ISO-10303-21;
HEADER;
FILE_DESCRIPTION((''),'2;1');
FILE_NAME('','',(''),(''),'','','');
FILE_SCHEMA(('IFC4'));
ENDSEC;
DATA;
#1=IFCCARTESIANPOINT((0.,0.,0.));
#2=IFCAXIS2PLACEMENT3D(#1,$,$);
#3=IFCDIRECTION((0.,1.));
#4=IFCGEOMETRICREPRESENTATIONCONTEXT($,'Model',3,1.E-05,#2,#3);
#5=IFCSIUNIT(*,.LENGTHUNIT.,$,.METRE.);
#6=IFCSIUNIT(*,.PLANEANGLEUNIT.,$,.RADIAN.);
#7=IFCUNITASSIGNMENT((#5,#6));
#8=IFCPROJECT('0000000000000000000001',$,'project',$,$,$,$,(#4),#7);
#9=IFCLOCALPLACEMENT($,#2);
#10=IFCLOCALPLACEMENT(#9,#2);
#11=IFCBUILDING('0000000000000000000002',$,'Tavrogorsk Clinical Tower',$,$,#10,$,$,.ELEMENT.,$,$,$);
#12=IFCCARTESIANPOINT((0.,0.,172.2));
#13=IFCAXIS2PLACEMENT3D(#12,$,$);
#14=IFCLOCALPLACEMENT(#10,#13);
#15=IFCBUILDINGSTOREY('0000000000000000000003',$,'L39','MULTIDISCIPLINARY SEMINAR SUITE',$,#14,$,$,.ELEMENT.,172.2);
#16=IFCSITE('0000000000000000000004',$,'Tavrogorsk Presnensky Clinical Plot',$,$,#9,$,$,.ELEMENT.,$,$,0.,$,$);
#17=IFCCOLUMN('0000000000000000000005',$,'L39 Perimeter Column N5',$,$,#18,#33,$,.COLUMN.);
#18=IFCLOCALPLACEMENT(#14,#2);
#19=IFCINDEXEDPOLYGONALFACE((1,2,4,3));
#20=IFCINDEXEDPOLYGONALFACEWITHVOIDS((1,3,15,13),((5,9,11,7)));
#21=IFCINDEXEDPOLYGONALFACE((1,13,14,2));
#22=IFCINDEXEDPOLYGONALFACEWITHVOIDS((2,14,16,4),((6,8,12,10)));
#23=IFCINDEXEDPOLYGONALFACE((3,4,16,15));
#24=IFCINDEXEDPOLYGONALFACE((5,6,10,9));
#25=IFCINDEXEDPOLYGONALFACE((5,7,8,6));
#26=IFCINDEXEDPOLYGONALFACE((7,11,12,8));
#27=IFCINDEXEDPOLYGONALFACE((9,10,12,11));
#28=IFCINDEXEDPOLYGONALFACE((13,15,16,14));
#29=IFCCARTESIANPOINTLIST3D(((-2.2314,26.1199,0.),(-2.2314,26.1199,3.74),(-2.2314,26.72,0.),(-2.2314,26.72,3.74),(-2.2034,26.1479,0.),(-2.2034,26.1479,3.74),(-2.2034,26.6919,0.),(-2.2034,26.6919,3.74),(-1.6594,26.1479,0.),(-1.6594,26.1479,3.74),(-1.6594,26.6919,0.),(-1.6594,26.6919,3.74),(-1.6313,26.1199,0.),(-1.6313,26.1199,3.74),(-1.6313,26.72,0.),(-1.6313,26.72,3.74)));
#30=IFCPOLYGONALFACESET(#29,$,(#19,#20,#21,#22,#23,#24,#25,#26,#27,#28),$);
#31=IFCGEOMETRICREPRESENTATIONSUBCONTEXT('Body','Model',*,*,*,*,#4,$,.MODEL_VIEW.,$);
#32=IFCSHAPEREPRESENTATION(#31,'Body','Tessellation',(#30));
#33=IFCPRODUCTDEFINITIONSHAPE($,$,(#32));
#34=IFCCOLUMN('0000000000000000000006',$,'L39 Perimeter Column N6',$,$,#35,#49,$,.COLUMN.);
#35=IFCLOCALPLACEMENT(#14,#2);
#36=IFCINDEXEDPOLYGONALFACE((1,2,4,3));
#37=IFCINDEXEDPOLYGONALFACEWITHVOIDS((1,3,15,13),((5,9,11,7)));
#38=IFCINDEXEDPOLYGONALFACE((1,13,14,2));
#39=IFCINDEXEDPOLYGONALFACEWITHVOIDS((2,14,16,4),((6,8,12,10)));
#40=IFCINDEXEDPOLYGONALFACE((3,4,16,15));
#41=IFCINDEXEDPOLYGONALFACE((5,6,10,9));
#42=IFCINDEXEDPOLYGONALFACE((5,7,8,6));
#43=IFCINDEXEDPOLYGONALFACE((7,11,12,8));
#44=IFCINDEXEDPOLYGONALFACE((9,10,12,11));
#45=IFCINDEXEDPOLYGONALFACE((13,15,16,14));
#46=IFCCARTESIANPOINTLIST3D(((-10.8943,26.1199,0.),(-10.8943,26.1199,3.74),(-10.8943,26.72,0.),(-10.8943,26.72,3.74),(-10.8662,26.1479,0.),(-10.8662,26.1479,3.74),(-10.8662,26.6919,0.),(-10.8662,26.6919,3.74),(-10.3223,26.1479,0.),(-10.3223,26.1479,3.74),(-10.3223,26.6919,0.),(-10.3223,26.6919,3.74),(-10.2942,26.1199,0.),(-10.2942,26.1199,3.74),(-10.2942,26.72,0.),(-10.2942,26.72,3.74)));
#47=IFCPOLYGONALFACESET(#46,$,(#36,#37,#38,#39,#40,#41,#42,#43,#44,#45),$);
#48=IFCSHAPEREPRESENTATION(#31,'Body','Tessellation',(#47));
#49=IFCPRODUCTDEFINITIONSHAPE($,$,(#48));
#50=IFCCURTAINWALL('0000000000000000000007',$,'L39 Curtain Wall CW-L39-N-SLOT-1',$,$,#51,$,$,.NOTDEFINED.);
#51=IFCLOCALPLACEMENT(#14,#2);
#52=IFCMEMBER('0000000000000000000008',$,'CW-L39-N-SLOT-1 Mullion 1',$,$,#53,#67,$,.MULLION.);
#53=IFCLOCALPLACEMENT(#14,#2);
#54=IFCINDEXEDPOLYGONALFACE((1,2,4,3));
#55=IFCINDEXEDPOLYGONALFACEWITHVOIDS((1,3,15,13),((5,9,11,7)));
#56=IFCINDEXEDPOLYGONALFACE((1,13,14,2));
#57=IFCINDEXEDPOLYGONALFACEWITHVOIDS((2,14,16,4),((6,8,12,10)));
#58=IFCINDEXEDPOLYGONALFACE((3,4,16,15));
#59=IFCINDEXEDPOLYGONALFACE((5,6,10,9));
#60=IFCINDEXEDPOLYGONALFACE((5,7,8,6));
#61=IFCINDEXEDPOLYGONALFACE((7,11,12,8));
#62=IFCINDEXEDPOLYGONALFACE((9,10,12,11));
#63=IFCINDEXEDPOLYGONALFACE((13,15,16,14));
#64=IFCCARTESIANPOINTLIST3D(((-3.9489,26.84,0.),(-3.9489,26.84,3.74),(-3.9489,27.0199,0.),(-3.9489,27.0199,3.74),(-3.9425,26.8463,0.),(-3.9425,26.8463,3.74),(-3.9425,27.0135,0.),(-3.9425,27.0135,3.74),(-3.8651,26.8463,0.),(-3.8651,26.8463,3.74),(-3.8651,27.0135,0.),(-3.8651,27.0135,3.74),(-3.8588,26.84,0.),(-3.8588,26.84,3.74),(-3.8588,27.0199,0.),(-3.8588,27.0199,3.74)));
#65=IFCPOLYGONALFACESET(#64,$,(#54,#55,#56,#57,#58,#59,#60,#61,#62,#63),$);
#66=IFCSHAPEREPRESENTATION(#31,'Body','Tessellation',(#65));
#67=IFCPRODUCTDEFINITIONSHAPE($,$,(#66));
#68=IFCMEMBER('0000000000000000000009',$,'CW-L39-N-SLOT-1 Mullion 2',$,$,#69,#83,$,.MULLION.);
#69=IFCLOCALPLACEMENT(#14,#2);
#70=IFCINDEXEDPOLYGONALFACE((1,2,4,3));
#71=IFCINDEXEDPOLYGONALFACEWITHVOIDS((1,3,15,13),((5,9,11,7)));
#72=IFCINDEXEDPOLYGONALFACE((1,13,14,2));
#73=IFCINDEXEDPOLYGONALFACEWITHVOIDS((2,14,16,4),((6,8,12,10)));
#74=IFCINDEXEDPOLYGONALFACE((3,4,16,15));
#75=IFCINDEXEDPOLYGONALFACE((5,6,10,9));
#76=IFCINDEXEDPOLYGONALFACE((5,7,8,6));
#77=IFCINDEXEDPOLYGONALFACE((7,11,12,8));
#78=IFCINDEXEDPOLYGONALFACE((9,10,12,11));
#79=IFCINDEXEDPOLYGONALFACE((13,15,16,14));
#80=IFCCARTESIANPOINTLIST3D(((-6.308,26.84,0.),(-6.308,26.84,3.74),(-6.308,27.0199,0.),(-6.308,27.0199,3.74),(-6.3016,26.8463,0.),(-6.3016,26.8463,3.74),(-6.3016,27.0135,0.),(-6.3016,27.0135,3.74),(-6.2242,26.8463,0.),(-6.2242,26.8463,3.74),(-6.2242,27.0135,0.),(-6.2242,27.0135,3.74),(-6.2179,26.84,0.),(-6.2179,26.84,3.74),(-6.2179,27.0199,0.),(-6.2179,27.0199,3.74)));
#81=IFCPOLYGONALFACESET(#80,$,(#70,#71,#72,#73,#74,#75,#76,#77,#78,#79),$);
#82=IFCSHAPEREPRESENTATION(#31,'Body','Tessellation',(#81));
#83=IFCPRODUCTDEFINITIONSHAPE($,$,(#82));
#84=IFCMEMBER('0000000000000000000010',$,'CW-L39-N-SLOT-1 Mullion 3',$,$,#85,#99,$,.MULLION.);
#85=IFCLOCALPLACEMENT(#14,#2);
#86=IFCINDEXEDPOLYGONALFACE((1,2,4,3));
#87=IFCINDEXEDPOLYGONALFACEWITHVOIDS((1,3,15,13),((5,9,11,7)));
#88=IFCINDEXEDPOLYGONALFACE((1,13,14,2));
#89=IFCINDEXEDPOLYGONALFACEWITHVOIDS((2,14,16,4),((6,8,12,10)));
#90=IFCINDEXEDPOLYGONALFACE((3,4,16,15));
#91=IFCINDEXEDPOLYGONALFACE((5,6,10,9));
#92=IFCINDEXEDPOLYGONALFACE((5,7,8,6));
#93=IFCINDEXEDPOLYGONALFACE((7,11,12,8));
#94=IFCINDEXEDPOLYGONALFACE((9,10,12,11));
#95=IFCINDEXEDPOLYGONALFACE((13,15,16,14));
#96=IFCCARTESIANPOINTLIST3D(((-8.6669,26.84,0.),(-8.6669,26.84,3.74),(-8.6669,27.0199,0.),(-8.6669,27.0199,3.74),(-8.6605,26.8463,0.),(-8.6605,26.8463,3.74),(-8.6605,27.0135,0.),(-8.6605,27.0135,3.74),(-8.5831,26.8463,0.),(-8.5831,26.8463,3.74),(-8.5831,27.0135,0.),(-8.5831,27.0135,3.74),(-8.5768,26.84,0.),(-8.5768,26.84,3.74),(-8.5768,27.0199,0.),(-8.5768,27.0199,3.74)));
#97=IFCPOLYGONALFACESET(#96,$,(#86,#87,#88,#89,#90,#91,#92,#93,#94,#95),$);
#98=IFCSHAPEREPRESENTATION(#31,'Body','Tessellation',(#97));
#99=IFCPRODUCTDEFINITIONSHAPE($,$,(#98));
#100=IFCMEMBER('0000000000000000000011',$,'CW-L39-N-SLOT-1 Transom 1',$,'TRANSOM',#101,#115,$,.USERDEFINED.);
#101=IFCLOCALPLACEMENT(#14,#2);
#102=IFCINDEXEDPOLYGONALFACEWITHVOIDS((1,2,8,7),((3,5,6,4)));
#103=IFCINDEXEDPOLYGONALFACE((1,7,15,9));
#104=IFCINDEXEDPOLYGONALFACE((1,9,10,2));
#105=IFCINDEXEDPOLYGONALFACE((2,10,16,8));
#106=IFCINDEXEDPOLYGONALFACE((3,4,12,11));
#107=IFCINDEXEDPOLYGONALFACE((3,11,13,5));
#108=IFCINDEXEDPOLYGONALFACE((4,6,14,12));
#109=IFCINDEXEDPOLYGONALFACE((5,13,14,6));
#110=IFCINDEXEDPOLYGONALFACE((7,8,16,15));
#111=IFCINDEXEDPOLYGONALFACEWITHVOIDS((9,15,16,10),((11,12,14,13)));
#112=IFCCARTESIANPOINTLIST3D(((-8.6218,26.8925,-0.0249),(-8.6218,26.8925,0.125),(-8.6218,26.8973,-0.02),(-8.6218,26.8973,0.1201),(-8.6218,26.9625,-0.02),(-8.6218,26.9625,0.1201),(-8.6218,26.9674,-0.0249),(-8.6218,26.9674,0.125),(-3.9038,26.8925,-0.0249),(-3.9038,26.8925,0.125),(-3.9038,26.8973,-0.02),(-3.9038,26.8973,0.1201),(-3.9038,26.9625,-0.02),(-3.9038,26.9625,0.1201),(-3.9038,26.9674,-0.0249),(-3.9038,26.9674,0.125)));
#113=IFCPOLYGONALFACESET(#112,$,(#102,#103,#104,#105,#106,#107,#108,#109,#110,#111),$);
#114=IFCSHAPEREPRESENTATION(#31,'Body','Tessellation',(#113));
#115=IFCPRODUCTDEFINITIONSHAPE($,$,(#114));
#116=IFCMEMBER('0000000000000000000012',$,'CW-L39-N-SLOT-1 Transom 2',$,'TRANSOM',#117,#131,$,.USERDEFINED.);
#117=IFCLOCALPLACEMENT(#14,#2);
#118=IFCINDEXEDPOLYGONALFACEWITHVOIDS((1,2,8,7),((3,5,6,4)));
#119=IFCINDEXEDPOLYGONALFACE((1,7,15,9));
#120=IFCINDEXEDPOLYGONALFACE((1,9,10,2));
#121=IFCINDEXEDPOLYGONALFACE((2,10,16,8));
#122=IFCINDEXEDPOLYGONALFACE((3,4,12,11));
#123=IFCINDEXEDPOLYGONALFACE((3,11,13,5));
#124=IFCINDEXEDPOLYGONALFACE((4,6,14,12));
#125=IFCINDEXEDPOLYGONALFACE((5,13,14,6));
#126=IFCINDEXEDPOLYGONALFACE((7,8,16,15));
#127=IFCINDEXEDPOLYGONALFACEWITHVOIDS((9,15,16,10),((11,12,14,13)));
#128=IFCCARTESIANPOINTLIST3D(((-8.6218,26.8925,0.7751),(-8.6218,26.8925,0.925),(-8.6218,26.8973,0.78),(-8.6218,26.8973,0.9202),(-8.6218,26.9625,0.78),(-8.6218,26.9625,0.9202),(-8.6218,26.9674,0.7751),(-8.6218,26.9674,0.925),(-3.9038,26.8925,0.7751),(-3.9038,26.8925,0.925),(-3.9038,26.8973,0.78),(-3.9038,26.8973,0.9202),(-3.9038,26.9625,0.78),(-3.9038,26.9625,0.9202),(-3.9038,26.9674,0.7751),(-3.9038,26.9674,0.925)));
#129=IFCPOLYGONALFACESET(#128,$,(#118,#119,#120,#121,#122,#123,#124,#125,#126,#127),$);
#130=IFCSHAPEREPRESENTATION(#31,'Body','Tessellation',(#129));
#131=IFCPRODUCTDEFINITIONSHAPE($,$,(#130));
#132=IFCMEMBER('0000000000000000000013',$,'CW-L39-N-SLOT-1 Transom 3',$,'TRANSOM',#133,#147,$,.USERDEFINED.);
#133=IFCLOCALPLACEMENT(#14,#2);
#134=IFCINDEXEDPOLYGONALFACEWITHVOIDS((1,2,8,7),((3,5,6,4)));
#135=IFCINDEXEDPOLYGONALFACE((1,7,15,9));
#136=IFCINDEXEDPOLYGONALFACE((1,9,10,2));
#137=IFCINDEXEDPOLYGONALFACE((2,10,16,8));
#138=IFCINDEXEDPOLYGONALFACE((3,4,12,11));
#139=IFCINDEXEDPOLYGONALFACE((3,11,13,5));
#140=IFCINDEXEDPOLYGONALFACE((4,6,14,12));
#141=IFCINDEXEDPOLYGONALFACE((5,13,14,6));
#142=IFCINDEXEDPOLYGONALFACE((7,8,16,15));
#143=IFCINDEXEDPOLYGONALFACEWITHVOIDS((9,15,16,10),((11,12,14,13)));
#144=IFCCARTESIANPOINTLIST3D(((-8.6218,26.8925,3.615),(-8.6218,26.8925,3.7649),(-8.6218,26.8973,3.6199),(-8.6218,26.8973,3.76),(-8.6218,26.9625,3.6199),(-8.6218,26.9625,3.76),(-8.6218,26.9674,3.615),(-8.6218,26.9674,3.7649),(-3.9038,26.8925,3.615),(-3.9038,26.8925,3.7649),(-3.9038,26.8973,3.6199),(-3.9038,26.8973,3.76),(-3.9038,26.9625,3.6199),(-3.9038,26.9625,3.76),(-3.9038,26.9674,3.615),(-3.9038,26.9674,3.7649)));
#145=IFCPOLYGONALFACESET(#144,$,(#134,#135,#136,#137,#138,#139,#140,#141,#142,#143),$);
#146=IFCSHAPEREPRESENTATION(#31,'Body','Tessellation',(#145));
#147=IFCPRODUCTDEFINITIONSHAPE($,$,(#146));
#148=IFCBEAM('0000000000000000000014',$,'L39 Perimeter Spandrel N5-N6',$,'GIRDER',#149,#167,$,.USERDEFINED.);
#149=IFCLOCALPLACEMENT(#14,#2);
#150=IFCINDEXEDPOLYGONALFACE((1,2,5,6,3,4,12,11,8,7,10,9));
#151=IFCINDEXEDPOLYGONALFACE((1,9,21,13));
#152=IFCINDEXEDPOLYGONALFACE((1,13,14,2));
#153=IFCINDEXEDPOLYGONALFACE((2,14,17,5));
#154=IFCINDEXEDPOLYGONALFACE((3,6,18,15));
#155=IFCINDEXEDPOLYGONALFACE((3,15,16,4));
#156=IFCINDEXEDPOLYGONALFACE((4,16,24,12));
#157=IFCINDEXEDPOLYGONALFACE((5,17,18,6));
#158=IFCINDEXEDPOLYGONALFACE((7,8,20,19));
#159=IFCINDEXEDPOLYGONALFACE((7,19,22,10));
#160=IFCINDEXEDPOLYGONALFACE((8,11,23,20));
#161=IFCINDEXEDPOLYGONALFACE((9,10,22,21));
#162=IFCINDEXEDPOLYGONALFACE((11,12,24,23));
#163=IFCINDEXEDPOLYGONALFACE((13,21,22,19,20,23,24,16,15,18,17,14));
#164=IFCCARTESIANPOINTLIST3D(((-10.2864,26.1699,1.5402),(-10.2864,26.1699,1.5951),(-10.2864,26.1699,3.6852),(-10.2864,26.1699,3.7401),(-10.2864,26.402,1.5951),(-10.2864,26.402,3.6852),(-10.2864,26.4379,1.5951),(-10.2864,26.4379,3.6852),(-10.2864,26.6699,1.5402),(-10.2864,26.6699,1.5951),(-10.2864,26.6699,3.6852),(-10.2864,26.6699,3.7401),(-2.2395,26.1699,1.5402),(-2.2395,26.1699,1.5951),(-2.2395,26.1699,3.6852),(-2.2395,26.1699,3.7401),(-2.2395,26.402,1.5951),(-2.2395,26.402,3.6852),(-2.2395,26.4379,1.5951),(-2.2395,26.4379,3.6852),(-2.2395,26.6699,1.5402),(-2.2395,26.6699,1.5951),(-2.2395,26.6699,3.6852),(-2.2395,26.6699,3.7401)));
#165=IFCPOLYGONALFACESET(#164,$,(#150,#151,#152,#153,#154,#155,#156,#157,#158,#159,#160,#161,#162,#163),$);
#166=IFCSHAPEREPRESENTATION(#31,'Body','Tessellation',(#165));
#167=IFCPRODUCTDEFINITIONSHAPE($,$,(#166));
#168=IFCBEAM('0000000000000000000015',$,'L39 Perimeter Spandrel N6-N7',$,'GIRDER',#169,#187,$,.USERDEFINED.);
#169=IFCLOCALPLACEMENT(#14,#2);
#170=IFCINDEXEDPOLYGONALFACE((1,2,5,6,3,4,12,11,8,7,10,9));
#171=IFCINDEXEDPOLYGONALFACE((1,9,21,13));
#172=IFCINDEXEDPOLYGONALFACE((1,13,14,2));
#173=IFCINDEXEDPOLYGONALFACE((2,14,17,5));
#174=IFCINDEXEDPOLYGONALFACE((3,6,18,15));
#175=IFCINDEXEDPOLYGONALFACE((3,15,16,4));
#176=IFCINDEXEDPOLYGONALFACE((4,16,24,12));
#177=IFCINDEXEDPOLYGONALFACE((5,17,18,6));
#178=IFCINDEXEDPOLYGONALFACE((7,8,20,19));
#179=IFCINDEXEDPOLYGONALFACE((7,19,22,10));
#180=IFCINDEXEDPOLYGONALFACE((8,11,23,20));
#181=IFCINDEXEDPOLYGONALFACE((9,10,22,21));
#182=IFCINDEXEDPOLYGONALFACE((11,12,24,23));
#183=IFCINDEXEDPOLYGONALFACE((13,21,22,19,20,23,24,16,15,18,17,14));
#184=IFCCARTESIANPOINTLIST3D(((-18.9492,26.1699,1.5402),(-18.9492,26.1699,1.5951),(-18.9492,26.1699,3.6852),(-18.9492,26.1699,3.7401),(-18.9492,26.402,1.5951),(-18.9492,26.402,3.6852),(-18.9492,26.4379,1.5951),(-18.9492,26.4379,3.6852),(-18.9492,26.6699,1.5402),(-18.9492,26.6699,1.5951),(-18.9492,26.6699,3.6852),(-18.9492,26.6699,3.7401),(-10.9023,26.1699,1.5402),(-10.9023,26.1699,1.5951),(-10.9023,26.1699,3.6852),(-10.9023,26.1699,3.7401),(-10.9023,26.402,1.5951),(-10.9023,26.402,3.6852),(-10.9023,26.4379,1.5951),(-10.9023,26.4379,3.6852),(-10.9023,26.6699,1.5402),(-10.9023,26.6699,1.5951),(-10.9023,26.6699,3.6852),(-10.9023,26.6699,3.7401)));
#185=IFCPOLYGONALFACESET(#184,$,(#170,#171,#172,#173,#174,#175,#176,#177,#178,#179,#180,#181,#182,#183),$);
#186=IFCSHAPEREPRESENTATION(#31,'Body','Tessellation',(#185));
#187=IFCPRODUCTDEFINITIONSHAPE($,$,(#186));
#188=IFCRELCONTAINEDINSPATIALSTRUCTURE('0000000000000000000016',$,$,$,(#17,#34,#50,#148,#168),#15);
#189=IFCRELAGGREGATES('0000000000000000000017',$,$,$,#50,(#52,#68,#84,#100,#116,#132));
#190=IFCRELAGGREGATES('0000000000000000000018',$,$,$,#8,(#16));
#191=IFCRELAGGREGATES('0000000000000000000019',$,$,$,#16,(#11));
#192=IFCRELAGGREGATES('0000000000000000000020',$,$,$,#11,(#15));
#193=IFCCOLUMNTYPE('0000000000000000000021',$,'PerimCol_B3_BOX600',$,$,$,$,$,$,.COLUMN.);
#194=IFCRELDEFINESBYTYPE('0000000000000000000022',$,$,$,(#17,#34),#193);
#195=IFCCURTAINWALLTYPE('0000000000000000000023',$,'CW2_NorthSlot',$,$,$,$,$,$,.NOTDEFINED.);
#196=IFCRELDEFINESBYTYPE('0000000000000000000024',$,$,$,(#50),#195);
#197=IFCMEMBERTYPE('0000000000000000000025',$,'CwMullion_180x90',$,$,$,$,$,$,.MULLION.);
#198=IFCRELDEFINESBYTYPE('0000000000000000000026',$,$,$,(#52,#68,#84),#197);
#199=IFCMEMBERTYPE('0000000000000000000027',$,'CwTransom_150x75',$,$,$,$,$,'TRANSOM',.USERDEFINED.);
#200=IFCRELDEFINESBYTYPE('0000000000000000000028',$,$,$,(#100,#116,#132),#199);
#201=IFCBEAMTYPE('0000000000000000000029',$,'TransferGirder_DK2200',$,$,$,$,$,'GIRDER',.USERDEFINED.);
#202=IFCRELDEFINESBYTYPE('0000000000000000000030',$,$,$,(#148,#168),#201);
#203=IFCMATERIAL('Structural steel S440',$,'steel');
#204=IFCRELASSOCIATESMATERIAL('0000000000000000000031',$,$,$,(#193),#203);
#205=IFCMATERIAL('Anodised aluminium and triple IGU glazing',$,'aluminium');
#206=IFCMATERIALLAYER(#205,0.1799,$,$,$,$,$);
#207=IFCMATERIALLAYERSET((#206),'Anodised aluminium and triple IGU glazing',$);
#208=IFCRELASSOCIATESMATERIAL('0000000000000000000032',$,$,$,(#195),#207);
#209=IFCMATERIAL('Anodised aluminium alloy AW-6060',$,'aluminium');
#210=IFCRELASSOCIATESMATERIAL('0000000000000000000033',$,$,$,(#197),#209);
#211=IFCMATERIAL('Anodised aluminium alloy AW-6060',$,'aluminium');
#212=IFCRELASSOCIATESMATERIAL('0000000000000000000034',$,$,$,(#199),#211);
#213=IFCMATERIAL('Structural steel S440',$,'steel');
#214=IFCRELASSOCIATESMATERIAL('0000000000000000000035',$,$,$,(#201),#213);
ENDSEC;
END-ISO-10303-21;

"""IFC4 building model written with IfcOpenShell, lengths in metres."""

from ifc_helpers import new_model, si_unit, direction, frame, origin, origin_2d, place, context, subcontext, project, spatial, hollow_rectangle, i_section, extrude, material, layer, layer_set, material_profile, profile_set, type_object, element, aggregate, save


model = new_model("IFC4")

# Units and contexts
model_context = context("Model", 3, precision=1e-05, world=origin(), true_north=direction((0.0, 1.0)))
body_context = subcontext(model_context, "Body", "Model", "MODEL_VIEW")
ifc_project = project(units=[si_unit("LENGTHUNIT", "METRE"), si_unit("PLANEANGLEUNIT", "RADIAN")], contexts=[model_context])

# Site, building, storey
site_placement = place(None, origin())
site = spatial("IfcSite", under=ifc_project, at=site_placement, Name="Tavrogorsk Presnensky Clinical Plot", CompositionType="ELEMENT", RefElevation=0.0)
building_placement = place(site_placement, origin())
building = spatial("IfcBuilding", under=site, at=building_placement, Name="Tavrogorsk Clinical Tower", CompositionType="ELEMENT")
storey_placement = place(building_placement, frame((0.0, 0.0, 172.2)))
storey = spatial("IfcBuildingStorey", under=building, at=storey_placement, Name="L39", Description="MULTIDISCIPLINARY SEMINAR SUITE", CompositionType="ELEMENT", Elevation=172.2)

# Columns
ifc_material_1 = material(Name="Structural steel S440", Category="steel")
ifc_material_profile_1 = material_profile(ifc_material_1, hollow_rectangle(XDim=0.6001, YDim=0.6001, WallThickness=0.0281, at=origin_2d()), Name="BOX-600x600x28")
ifc_profile_set_1 = profile_set([ifc_material_profile_1], Name="Structural steel S440")
column_type = type_object("IfcColumnType", Name="PerimCol_B3_BOX600", PredefinedType="COLUMN", material=ifc_profile_set_1)
for number, where, z_axis, x_axis, name in (
    (1, (-1.9314, 26.4199, 0.0), (0.0, 0.0, 1.0), (1.0, 0.0, 0.0), "L39 Perimeter Column N5"),
    (2, (-10.5942, 26.4199, 0.0), (0.0, 0.0, 1.0), (1.0, 0.0, 0.0), "L39 Perimeter Column N6"),
):
    element("IfcColumn", number, at=place(storey_placement, frame(where, z_axis=z_axis, x_axis=x_axis)), inside=storey, type_object=column_type, Name=name, PredefinedType="COLUMN", context=body_context, shape_type="SweptSolid", body=[
        extrude(hollow_rectangle(XDim=0.6001, YDim=0.6001, WallThickness=0.0281, at=origin_2d()), origin(), (0.0, 0.0, 1.0), 3.74),
    ])

# Curtain wall, members
ifc_material_2 = material(Name="Anodised aluminium and triple IGU glazing", Category="aluminium")
ifc_layer_1 = layer(ifc_material_2, 0.1799)
ifc_layer_set_1 = layer_set([ifc_layer_1], Name="Anodised aluminium and triple IGU glazing")
curtain_wall_type = type_object("IfcCurtainWallType", Name="CW2_NorthSlot", PredefinedType="NOTDEFINED", material=ifc_layer_set_1)
curtain_wall_placement = place(storey_placement, origin())
curtain_wall = element("IfcCurtainWall", 3, at=curtain_wall_placement, inside=storey, type_object=curtain_wall_type, Name="L39 Curtain Wall CW-L39-N-SLOT-1", PredefinedType="NOTDEFINED")
ifc_material_3 = material(Name="Anodised aluminium alloy AW-6060", Category="aluminium")
ifc_material_profile_2 = material_profile(ifc_material_3, hollow_rectangle(XDim=0.0901, YDim=0.1799, WallThickness=0.0063, at=origin_2d()), Name="RHS-180x90x6.3")
ifc_profile_set_2 = profile_set([ifc_material_profile_2], Name="Anodised aluminium alloy AW-6060")
member_type_1 = type_object("IfcMemberType", Name="CwMullion_180x90", PredefinedType="MULLION", material=ifc_profile_set_2)
member_1_placement = place(storey_placement, frame((-3.9038, 26.9299, 0.0), z_axis=(0.0, 0.0, 1.0), x_axis=(-1.0, 0.0, 0.0)))
member_1 = element("IfcMember", 4, at=member_1_placement, type_object=member_type_1, Name="CW-L39-N-SLOT-1 Mullion 1", PredefinedType="MULLION", context=body_context, shape_type="SweptSolid", body=[
    extrude(hollow_rectangle(XDim=0.0901, YDim=0.1799, WallThickness=0.0063, at=origin_2d()), origin(), (0.0, 0.0, 1.0), 3.74),
])
member_2_placement = place(storey_placement, frame((-6.2629, 26.9299, 0.0), z_axis=(0.0, 0.0, 1.0), x_axis=(-1.0, 0.0, 0.0)))
member_2 = element("IfcMember", 5, at=member_2_placement, type_object=member_type_1, Name="CW-L39-N-SLOT-1 Mullion 2", PredefinedType="MULLION", context=body_context, shape_type="SweptSolid", body=[
    extrude(hollow_rectangle(XDim=0.0901, YDim=0.1799, WallThickness=0.0063, at=origin_2d()), origin(), (0.0, 0.0, 1.0), 3.74),
])
member_3_placement = place(storey_placement, frame((-8.6218, 26.9299, 0.0), z_axis=(0.0, 0.0, 1.0), x_axis=(-1.0, 0.0, 0.0)))
member_3 = element("IfcMember", 6, at=member_3_placement, type_object=member_type_1, Name="CW-L39-N-SLOT-1 Mullion 3", PredefinedType="MULLION", context=body_context, shape_type="SweptSolid", body=[
    extrude(hollow_rectangle(XDim=0.0901, YDim=0.1799, WallThickness=0.0063, at=origin_2d()), origin(), (0.0, 0.0, 1.0), 3.74),
])
ifc_material_4 = material(Name="Anodised aluminium alloy AW-6060", Category="aluminium")
ifc_material_profile_3 = material_profile(ifc_material_4, hollow_rectangle(XDim=0.075, YDim=0.1499, WallThickness=0.0049, at=origin_2d()), Name="RHS-150x75x5")
ifc_profile_set_3 = profile_set([ifc_material_profile_3], Name="Anodised aluminium alloy AW-6060")
member_type_2 = type_object("IfcMemberType", Name="CwTransom_150x75", ElementType="TRANSOM", PredefinedType="USERDEFINED", material=ifc_profile_set_3)
member_4_placement = place(storey_placement, frame((-3.9038, 26.9299, 0.05), z_axis=(-1.0, 0.0, 0.0), x_axis=(0.0, -1.0, 0.0)))
member_4 = element("IfcMember", 7, at=member_4_placement, type_object=member_type_2, Name="CW-L39-N-SLOT-1 Transom 1", ObjectType="TRANSOM", PredefinedType="USERDEFINED", context=body_context, shape_type="SweptSolid", body=[
    extrude(hollow_rectangle(XDim=0.075, YDim=0.1499, WallThickness=0.0049, at=origin_2d()), origin(), (0.0, 0.0, 1.0), 4.718),
])
member_5_placement = place(storey_placement, frame((-3.9038, 26.9299, 0.8501), z_axis=(-1.0, 0.0, 0.0), x_axis=(0.0, -1.0, 0.0)))
member_5 = element("IfcMember", 8, at=member_5_placement, type_object=member_type_2, Name="CW-L39-N-SLOT-1 Transom 2", ObjectType="TRANSOM", PredefinedType="USERDEFINED", context=body_context, shape_type="SweptSolid", body=[
    extrude(hollow_rectangle(XDim=0.075, YDim=0.1499, WallThickness=0.0049, at=origin_2d()), origin(), (0.0, 0.0, 1.0), 4.718),
])
member_6_placement = place(storey_placement, frame((-3.9038, 26.9299, 3.6899), z_axis=(-1.0, 0.0, 0.0), x_axis=(0.0, -1.0, 0.0)))
member_6 = element("IfcMember", 9, at=member_6_placement, type_object=member_type_2, Name="CW-L39-N-SLOT-1 Transom 3", ObjectType="TRANSOM", PredefinedType="USERDEFINED", context=body_context, shape_type="SweptSolid", body=[
    extrude(hollow_rectangle(XDim=0.075, YDim=0.1499, WallThickness=0.0049, at=origin_2d()), origin(), (0.0, 0.0, 1.0), 4.718),
])

# Beams
ifc_material_5 = material(Name="Structural steel S440", Category="steel")
ifc_material_profile_4 = material_profile(ifc_material_5, i_section(OverallWidth=0.5, OverallDepth=2.2, WebThickness=0.0359, FlangeThickness=0.0549, at=origin_2d()), Name="DK-2200x500x36x55")
ifc_profile_set_4 = profile_set([ifc_material_profile_4], Name="Structural steel S440")
beam_type = type_object("IfcBeamType", Name="TransferGirder_DK2200", ElementType="GIRDER", PredefinedType="USERDEFINED", material=ifc_profile_set_4)
for number, where, z_axis, x_axis, name in (
    (10, (-2.2395, 26.4199, 2.6401), (-1.0, 0.0, 0.0), (0.0, -1.0, 0.0), "L39 Perimeter Spandrel N5-N6"),
    (11, (-10.9023, 26.4199, 2.6401), (-1.0, 0.0, 0.0), (0.0, -1.0, 0.0), "L39 Perimeter Spandrel N6-N7"),
):
    element("IfcBeam", number, at=place(storey_placement, frame(where, z_axis=z_axis, x_axis=x_axis)), inside=storey, type_object=beam_type, Name=name, ObjectType="GIRDER", PredefinedType="USERDEFINED", context=body_context, shape_type="SweptSolid", body=[
        extrude(i_section(OverallWidth=0.5, OverallDepth=2.2, WebThickness=0.0359, FlangeThickness=0.0549, at=origin_2d()), origin(), (0.0, 0.0, 1.0), 8.0469),
    ])

aggregate(curtain_wall, [member_1, member_2, member_3, member_4, member_5, member_6])

save(model, "model.ifc")
